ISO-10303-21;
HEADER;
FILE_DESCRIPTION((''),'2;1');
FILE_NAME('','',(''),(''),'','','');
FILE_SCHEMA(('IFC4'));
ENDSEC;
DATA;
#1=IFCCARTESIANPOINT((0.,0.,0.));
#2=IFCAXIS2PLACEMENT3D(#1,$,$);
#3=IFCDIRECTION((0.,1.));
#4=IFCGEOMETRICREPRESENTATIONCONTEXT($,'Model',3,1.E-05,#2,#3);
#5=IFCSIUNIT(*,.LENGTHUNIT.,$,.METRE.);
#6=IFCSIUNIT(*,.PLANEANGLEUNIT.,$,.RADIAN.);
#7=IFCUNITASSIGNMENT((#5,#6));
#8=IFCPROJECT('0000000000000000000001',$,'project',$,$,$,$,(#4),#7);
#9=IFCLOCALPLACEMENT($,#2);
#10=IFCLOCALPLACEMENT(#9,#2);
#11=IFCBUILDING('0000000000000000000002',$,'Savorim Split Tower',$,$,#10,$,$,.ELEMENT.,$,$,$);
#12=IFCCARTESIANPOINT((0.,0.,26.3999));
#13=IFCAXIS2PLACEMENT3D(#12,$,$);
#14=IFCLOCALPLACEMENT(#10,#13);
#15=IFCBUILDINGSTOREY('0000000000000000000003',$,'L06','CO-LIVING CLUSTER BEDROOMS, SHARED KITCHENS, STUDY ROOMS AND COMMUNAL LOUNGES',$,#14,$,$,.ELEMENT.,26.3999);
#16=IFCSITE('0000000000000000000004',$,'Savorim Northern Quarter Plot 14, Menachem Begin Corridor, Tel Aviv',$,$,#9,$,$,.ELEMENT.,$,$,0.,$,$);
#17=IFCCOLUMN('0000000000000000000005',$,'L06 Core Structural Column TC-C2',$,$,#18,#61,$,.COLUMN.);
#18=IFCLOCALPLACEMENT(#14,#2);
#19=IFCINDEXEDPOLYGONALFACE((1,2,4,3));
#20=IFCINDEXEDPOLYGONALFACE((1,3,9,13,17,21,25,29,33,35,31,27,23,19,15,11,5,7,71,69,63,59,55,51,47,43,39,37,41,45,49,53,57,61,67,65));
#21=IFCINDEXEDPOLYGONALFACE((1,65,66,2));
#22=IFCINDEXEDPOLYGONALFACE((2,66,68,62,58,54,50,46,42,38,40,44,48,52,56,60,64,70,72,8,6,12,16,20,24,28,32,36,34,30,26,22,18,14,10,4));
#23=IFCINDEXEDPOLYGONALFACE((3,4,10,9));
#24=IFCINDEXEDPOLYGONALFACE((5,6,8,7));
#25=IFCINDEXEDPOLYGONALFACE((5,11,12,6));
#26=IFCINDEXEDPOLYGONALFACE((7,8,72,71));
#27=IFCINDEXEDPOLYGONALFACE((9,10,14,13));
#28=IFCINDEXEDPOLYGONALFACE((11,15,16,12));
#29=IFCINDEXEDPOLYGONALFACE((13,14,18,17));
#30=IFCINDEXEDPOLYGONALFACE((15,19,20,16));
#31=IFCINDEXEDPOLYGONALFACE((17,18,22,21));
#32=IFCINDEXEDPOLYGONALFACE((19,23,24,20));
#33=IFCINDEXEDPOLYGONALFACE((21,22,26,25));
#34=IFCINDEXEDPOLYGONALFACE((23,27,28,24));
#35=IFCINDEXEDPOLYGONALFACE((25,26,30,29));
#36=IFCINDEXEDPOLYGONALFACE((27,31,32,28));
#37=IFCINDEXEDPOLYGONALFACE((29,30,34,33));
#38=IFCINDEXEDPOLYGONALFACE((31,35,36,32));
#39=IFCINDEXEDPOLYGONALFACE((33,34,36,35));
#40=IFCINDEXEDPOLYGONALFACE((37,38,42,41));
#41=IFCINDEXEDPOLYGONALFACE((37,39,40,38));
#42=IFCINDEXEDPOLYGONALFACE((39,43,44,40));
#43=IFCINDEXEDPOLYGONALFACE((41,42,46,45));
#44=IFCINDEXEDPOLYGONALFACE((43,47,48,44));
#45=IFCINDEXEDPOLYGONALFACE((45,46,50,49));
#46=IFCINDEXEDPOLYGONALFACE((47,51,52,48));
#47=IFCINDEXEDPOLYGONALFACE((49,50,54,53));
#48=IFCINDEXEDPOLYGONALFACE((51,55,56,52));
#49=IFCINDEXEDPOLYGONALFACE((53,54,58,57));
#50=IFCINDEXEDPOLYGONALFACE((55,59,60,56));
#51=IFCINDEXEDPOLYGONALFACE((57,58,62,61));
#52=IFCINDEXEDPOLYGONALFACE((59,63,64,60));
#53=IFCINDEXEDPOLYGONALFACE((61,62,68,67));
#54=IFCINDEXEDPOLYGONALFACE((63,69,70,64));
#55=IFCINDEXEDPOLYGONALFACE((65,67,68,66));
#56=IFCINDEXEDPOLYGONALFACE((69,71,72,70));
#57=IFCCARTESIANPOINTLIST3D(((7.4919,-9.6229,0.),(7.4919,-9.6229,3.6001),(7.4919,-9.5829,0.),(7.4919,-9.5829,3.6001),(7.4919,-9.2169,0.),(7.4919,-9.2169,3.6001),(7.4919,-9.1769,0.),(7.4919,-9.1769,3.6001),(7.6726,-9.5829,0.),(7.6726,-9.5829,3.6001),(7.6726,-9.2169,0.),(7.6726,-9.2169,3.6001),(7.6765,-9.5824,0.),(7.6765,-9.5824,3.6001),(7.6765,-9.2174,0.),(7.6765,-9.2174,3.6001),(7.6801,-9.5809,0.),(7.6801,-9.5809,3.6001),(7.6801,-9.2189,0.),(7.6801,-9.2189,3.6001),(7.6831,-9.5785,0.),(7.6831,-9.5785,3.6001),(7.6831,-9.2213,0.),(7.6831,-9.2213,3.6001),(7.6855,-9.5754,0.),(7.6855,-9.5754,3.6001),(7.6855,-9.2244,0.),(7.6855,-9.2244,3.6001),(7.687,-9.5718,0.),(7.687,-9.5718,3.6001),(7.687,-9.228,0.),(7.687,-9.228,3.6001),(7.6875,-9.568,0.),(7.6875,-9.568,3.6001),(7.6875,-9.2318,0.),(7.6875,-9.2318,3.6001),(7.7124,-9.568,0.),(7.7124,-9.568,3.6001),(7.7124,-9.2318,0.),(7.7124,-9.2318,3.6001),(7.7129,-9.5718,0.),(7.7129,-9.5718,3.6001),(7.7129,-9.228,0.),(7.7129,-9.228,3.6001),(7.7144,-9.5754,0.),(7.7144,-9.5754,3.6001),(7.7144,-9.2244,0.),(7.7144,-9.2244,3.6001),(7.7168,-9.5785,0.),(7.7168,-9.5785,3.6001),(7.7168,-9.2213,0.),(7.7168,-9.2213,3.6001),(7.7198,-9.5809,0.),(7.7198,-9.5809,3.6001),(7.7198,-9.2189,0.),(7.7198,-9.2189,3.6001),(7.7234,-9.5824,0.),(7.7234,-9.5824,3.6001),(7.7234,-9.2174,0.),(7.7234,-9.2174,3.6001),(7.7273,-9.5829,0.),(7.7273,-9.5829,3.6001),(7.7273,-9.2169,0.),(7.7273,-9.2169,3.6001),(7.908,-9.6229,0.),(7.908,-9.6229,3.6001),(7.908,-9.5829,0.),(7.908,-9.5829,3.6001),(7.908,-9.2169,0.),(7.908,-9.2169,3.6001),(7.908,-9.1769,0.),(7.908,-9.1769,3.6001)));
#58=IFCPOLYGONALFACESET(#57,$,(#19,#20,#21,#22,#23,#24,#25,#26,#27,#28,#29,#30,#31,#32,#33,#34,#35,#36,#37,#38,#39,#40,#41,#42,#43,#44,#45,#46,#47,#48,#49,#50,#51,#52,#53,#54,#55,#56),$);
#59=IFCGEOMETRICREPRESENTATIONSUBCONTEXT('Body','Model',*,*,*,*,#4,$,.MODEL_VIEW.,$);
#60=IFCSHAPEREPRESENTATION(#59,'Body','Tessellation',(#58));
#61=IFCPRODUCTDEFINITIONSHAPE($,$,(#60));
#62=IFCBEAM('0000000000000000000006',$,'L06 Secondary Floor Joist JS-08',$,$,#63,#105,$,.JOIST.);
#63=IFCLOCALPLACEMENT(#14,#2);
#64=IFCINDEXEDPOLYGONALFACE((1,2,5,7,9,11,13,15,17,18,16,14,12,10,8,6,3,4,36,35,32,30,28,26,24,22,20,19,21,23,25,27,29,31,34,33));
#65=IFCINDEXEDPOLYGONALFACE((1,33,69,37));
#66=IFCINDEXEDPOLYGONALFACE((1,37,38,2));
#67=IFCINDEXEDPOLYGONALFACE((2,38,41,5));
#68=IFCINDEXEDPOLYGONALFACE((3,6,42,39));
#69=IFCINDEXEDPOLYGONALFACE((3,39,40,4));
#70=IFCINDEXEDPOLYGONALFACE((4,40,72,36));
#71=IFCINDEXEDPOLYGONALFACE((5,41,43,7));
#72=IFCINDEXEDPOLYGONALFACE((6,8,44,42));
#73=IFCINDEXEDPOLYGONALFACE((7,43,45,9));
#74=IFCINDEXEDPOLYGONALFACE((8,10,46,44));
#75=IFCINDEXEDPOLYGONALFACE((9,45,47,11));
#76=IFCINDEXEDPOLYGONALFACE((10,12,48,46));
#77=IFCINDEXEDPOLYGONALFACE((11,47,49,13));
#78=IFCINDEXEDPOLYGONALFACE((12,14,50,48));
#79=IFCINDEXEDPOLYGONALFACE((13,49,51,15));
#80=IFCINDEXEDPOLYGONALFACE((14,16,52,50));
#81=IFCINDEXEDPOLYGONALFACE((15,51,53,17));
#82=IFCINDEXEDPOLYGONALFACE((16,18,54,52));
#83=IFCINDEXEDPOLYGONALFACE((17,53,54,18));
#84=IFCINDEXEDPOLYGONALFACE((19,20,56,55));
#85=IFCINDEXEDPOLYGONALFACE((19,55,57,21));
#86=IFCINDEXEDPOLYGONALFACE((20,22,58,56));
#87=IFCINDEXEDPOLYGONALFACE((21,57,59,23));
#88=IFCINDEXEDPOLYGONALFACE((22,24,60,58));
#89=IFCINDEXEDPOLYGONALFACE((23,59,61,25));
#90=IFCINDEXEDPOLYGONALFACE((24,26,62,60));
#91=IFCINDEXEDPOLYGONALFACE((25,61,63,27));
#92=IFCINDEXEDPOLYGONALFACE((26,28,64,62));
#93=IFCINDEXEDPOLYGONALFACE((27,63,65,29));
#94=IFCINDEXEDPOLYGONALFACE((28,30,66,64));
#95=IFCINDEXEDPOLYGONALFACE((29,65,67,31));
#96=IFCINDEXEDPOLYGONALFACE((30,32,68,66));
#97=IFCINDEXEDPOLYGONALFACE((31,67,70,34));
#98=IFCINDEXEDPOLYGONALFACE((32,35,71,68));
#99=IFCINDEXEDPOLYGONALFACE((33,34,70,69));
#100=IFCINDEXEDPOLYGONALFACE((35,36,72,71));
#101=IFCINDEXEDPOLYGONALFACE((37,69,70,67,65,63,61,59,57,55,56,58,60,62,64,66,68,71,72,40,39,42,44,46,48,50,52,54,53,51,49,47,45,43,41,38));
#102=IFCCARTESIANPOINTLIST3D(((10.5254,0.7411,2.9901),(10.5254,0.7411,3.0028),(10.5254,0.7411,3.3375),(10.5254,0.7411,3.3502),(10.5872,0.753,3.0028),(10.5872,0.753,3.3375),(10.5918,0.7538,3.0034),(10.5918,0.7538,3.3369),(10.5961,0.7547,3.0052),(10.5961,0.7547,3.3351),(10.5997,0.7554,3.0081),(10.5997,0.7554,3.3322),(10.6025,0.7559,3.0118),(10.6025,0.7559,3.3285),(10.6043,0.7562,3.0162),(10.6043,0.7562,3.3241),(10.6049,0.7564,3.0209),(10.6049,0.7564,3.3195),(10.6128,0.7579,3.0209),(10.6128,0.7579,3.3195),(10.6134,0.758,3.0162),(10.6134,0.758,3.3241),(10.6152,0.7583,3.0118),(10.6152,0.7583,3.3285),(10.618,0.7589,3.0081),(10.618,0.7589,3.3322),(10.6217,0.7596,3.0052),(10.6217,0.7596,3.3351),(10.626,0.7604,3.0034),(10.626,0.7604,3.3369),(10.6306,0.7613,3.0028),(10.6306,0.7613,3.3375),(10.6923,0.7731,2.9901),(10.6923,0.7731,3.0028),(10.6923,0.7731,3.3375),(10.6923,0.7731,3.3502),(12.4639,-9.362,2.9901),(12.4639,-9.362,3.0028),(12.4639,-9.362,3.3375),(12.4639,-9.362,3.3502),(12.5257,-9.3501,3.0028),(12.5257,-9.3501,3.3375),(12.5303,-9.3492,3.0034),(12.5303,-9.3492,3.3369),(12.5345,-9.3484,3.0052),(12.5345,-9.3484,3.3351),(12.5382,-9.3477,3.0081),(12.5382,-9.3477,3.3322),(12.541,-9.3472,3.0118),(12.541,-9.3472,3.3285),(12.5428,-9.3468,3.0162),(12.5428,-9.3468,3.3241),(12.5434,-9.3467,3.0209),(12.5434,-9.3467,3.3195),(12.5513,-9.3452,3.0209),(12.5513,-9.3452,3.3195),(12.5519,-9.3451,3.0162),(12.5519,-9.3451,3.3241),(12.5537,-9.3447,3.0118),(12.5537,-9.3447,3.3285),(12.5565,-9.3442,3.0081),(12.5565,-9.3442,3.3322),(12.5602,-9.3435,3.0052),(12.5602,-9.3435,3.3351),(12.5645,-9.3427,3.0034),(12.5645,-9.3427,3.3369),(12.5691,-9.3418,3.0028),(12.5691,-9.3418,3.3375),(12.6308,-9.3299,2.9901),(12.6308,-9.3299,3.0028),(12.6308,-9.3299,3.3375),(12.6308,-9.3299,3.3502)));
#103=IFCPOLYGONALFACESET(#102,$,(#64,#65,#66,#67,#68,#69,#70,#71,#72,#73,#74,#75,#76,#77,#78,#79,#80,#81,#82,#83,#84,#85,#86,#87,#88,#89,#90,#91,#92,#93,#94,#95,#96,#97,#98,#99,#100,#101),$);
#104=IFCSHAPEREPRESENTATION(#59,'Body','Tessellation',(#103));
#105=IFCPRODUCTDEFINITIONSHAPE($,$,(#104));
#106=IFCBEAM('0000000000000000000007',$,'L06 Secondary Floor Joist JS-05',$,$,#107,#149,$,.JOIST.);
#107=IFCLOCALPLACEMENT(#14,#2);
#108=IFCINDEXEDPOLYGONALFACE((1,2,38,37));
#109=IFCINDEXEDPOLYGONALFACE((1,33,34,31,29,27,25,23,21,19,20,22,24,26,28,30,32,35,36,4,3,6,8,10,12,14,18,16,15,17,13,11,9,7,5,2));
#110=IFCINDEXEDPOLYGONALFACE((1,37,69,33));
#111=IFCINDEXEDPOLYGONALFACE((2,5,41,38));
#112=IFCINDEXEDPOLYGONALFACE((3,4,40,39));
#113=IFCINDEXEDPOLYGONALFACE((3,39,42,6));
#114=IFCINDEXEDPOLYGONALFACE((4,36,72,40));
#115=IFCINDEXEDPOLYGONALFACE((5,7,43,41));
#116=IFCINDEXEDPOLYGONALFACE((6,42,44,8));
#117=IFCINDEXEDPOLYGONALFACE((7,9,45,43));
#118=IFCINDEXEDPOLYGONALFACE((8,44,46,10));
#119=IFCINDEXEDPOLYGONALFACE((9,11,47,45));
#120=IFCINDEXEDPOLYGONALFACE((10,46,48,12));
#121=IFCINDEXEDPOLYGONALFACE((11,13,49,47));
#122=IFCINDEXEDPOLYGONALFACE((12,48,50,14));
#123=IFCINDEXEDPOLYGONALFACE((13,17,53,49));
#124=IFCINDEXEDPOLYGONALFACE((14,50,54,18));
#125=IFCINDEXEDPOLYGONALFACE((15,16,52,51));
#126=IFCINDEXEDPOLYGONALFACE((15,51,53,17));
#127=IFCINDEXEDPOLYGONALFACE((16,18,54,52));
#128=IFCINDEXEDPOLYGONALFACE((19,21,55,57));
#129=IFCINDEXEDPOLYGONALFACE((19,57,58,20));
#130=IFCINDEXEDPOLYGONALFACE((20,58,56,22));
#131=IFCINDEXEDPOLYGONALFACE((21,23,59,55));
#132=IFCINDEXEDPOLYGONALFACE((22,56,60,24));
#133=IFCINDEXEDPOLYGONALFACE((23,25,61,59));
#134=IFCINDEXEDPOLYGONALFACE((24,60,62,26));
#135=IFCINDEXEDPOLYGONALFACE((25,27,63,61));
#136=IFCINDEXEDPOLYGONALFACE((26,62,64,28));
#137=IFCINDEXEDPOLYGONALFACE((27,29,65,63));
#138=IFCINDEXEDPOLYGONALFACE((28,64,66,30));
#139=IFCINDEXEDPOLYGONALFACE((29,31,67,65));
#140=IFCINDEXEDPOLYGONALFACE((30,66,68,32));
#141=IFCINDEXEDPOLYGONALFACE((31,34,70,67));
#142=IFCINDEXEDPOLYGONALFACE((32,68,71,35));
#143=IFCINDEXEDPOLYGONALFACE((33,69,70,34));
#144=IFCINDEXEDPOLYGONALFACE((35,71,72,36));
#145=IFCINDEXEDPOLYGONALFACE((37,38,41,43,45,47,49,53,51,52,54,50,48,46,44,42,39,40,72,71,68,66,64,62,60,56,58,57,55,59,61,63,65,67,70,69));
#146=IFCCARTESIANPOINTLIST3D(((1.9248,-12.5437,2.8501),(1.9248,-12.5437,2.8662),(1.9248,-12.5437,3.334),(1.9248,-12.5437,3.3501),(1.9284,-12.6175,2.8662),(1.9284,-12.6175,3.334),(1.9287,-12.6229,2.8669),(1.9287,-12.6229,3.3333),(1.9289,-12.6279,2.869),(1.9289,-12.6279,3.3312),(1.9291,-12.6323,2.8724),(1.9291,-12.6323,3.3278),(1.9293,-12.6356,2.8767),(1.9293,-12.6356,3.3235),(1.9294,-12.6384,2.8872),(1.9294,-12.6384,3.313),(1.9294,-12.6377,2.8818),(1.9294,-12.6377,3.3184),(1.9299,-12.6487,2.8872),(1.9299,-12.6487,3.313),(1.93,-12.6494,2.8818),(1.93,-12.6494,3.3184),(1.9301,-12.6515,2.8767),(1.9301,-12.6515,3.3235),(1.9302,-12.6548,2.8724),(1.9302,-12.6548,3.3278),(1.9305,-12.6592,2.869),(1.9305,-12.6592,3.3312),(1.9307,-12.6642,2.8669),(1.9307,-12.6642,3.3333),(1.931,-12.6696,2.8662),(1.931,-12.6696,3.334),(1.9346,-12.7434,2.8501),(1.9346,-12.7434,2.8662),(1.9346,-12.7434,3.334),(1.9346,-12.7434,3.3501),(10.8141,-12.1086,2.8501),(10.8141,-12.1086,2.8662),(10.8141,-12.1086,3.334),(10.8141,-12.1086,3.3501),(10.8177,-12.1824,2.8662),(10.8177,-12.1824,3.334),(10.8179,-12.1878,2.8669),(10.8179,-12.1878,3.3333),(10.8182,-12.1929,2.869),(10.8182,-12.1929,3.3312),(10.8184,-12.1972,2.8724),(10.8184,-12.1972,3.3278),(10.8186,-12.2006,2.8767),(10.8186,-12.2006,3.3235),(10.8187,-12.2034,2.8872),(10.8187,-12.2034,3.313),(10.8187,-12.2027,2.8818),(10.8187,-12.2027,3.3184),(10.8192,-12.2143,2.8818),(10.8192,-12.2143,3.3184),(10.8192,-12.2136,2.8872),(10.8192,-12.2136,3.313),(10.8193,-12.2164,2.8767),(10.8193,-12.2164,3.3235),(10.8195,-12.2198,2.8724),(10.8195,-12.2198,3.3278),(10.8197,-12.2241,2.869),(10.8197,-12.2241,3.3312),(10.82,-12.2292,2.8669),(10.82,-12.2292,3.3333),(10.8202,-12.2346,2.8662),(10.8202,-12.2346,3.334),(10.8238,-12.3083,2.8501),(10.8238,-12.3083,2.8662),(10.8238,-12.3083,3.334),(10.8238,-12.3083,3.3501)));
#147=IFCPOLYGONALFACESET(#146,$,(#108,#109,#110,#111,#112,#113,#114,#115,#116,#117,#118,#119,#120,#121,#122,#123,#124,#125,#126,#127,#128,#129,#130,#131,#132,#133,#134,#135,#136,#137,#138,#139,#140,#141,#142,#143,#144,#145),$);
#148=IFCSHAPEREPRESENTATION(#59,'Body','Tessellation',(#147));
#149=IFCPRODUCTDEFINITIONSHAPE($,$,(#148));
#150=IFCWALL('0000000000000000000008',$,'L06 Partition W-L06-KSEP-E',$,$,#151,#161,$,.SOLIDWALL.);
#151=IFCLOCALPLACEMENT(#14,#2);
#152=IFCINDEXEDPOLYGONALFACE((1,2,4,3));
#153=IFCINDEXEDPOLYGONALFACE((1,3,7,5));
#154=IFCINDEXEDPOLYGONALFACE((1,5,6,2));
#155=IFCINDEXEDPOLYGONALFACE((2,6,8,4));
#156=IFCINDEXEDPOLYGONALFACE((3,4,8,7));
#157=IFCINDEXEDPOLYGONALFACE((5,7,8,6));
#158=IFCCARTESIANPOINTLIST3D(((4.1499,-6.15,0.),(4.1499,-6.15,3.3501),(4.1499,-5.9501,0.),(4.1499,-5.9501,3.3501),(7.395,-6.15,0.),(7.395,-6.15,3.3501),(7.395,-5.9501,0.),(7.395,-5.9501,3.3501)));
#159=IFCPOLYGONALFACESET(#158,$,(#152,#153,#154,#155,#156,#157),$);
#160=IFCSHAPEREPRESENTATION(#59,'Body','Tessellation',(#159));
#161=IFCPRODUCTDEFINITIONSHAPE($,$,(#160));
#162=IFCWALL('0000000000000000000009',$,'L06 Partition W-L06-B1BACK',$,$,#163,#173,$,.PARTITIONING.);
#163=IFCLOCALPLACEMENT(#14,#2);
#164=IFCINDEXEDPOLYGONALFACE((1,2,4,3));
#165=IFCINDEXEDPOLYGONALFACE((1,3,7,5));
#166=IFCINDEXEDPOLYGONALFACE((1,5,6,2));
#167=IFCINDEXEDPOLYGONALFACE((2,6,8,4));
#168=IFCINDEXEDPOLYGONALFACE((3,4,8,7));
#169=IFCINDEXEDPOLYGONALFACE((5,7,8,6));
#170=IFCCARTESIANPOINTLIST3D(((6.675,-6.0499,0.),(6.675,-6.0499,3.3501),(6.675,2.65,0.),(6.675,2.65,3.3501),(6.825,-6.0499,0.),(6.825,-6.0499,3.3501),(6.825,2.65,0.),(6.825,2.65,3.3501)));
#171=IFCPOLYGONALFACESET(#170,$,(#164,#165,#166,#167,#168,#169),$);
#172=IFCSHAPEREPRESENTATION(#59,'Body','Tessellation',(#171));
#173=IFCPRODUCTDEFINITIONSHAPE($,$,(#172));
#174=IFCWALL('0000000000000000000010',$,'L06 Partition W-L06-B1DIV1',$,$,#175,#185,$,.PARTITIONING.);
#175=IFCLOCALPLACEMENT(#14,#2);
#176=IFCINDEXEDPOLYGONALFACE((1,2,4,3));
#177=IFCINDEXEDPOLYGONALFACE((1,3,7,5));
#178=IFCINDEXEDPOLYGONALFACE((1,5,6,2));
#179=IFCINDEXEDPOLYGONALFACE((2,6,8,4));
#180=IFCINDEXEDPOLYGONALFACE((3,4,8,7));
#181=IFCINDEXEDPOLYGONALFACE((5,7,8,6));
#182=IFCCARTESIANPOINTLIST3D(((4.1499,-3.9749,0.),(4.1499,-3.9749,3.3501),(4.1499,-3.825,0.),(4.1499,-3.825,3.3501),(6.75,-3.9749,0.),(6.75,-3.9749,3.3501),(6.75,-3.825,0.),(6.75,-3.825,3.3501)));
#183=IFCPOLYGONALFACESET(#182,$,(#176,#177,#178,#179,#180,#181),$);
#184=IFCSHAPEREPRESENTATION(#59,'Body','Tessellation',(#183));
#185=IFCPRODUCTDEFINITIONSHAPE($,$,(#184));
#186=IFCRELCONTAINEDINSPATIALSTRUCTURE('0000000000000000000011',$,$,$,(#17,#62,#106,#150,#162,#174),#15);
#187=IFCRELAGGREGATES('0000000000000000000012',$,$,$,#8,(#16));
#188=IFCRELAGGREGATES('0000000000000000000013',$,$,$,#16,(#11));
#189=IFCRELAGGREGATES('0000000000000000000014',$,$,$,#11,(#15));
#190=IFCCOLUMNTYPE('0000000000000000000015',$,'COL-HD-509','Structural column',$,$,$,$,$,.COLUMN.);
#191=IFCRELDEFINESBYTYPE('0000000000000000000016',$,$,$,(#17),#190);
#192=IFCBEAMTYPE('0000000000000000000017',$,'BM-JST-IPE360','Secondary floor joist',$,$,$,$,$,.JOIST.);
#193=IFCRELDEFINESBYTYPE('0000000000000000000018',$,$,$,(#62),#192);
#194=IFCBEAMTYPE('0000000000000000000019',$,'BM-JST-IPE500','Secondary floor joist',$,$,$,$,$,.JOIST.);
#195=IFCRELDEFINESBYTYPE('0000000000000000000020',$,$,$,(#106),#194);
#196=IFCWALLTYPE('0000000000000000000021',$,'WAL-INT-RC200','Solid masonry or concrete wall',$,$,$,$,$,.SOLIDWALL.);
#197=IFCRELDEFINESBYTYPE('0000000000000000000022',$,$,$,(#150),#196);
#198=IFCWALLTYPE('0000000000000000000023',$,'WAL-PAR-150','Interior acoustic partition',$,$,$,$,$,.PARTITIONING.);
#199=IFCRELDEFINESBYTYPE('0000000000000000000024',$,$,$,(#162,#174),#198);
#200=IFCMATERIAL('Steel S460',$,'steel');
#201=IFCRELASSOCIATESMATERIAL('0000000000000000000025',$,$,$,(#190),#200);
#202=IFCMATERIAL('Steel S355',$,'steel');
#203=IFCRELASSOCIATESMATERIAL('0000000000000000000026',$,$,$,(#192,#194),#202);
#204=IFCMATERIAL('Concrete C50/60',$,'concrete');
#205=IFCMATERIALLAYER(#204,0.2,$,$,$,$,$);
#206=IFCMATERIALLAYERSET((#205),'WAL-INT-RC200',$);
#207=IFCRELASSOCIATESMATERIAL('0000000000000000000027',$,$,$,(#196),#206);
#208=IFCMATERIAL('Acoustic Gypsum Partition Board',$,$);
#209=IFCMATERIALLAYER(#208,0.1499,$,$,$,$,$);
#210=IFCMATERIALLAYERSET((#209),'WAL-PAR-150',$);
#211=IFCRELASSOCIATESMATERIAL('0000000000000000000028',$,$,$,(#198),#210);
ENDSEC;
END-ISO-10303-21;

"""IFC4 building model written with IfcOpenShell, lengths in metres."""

from ifc_helpers import new_model, si_unit, direction, frame, frame_2d, origin, origin_2d, place, context, subcontext, project, spatial, rectangle, i_section, extrude, material, layer, layer_set, material_profile, profile_set, type_object, element, save


model = new_model("IFC4")

# Units and contexts
model_context = context("Model", 3, precision=1e-05, world=origin(), true_north=direction((0.0, 1.0)))
body_context = subcontext(model_context, "Body", "Model", "MODEL_VIEW")
ifc_project = project(units=[si_unit("LENGTHUNIT", "METRE"), si_unit("PLANEANGLEUNIT", "RADIAN")], contexts=[model_context])

# Site, building, storey
site_placement = place(None, origin())
site = spatial("IfcSite", under=ifc_project, at=site_placement, Name="Savorim Northern Quarter Plot 14, Menachem Begin Corridor, Tel Aviv", CompositionType="ELEMENT", RefElevation=0.0)
building_placement = place(site_placement, origin())
building = spatial("IfcBuilding", under=site, at=building_placement, Name="Savorim Split Tower", CompositionType="ELEMENT")
storey_placement = place(building_placement, frame((0.0, 0.0, 26.3999)))
storey = spatial("IfcBuildingStorey", under=building, at=storey_placement, Name="L06", Description="CO-LIVING CLUSTER BEDROOMS, SHARED KITCHENS, STUDY ROOMS AND COMMUNAL LOUNGES", CompositionType="ELEMENT", Elevation=26.3999)

# Column
ifc_material_1 = material(Name="Steel S460", Category="steel")
ifc_material_profile_1 = material_profile(ifc_material_1, i_section(OverallWidth=0.416, OverallDepth=0.446, WebThickness=0.0249, FlangeThickness=0.04, FilletRadius=0.0149, at=origin_2d()), Name="HD 400x509")
ifc_profile_set_1 = profile_set([ifc_material_profile_1], Name="Steel S460")
column_type = type_object("IfcColumnType", Name="COL-HD-509", Description="Structural column", PredefinedType="COLUMN", material=ifc_profile_set_1)
column_placement = place(storey_placement, frame((7.7, -9.3999, 0.0), z_axis=(0.0, 0.0, 1.0), x_axis=(1.0, 0.0, 0.0)))
element("IfcColumn", 1, at=column_placement, inside=storey, type_object=column_type, Name="L06 Core Structural Column TC-C2", PredefinedType="COLUMN", context=body_context, shape_type="SweptSolid", body=[
    extrude(i_section(OverallWidth=0.416, OverallDepth=0.446, WebThickness=0.0249, FlangeThickness=0.04, FilletRadius=0.0149, at=origin_2d()), origin(), (0.0, 0.0, 1.0), 3.6001),
])

# Beams
ifc_material_2 = material(Name="Steel S355", Category="steel")
ifc_material_profile_2 = material_profile(ifc_material_2, i_section(OverallWidth=0.1699, OverallDepth=0.3601, WebThickness=0.0081, FlangeThickness=0.0127, FilletRadius=0.0181, at=origin_2d()), Name="IPE 360")
ifc_profile_set_2 = profile_set([ifc_material_profile_2], Name="Steel S355")
beam_type_1 = type_object("IfcBeamType", Name="BM-JST-IPE360", Description="Secondary floor joist", PredefinedType="JOIST", material=ifc_profile_set_2)
beam_1_placement = place(storey_placement, frame((12.5474, -9.3459, 3.1702), z_axis=(-0.188434, 0.982086, 0.0), x_axis=(-0.982086, -0.188434, 0.0)))
element("IfcBeam", 2, at=beam_1_placement, inside=storey, type_object=beam_type_1, Name="L06 Secondary Floor Joist JS-08", PredefinedType="JOIST", context=body_context, shape_type="SweptSolid", body=[
    extrude(i_section(OverallWidth=0.1699, OverallDepth=0.3601, WebThickness=0.0081, FlangeThickness=0.0127, FilletRadius=0.0181, at=origin_2d()), origin(), (0.0, 0.0, 1.0), 10.2874),
])
ifc_material_profile_3 = material_profile(ifc_material_2, i_section(OverallWidth=0.2, OverallDepth=0.5, WebThickness=0.0103, FlangeThickness=0.0161, FilletRadius=0.021, at=origin_2d()), Name="IPE 500")
ifc_profile_set_3 = profile_set([ifc_material_profile_3], Name="Steel S355")
beam_type_2 = type_object("IfcBeamType", Name="BM-JST-IPE500", Description="Secondary floor joist", PredefinedType="JOIST", material=ifc_profile_set_3)
beam_2_placement = place(storey_placement, frame((1.9297, -12.6436, 3.1001), z_axis=(0.998804, 0.048884, 0.0), x_axis=(-0.048884, 0.998804, 0.0)))
element("IfcBeam", 3, at=beam_2_placement, inside=storey, type_object=beam_type_2, Name="L06 Secondary Floor Joist JS-05", PredefinedType="JOIST", context=body_context, shape_type="SweptSolid", body=[
    extrude(i_section(OverallWidth=0.2, OverallDepth=0.5, WebThickness=0.0103, FlangeThickness=0.0161, FilletRadius=0.021, at=origin_2d()), origin(), (0.0, 0.0, 1.0), 8.8999),
])

# Shared definitions
ifc_material_3 = material(Name="Concrete C50/60", Category="concrete")
ifc_layer_1 = layer(ifc_material_3, 0.2)
ifc_layer_set_1 = layer_set([ifc_layer_1], Name="WAL-INT-RC200")
wall_type_1 = type_object("IfcWallType", Name="WAL-INT-RC200", Description="Solid masonry or concrete wall", PredefinedType="SOLIDWALL", material=ifc_layer_set_1)

# Walls
wall_1_placement = place(storey_placement, frame((4.1499, -6.05, 0.0), z_axis=(0.0, 0.0, 1.0), x_axis=(1.0, 0.0, 0.0)))
element("IfcWall", 4, at=wall_1_placement, inside=storey, type_object=wall_type_1, Name="L06 Partition W-L06-KSEP-E", PredefinedType="SOLIDWALL", context=body_context, shape_type="SweptSolid", body=[
    extrude(rectangle(XDim=3.2451, YDim=0.2, at=frame_2d((1.6226, 0.0))), origin(), (0.0, 0.0, 1.0), 3.3501),
])
ifc_material_4 = material(Name="Acoustic Gypsum Partition Board")
ifc_layer_2 = layer(ifc_material_4, 0.1499)
ifc_layer_set_2 = layer_set([ifc_layer_2], Name="WAL-PAR-150")
wall_type_2 = type_object("IfcWallType", Name="WAL-PAR-150", Description="Interior acoustic partition", PredefinedType="PARTITIONING", material=ifc_layer_set_2)
wall_2_placement = place(storey_placement, frame((6.75, -6.05, 0.0), z_axis=(0.0, 0.0, 1.0), x_axis=(0.0, 1.0, 0.0)))
element("IfcWall", 5, at=wall_2_placement, inside=storey, type_object=wall_type_2, Name="L06 Partition W-L06-B1BACK", PredefinedType="PARTITIONING", context=body_context, shape_type="SweptSolid", body=[
    extrude(rectangle(XDim=8.7, YDim=0.1499, at=frame_2d((4.3501, 0.0))), origin(), (0.0, 0.0, 1.0), 3.3501),
])
for number, where, z_axis, x_axis, name in (
    (6, (4.1499, -3.8999, 0.0), (0.0, 0.0, 1.0), (1.0, 0.0, 0.0), "L06 Partition W-L06-B1DIV1"),
):
    element("IfcWall", number, at=place(storey_placement, frame(where, z_axis=z_axis, x_axis=x_axis)), inside=storey, type_object=wall_type_2, Name=name, PredefinedType="PARTITIONING", context=body_context, shape_type="SweptSolid", body=[
        extrude(rectangle(XDim=2.6001, YDim=0.1499, at=frame_2d((1.3, 0.0))), origin(), (0.0, 0.0, 1.0), 3.3501),
    ])

save(model, "model.ifc")
